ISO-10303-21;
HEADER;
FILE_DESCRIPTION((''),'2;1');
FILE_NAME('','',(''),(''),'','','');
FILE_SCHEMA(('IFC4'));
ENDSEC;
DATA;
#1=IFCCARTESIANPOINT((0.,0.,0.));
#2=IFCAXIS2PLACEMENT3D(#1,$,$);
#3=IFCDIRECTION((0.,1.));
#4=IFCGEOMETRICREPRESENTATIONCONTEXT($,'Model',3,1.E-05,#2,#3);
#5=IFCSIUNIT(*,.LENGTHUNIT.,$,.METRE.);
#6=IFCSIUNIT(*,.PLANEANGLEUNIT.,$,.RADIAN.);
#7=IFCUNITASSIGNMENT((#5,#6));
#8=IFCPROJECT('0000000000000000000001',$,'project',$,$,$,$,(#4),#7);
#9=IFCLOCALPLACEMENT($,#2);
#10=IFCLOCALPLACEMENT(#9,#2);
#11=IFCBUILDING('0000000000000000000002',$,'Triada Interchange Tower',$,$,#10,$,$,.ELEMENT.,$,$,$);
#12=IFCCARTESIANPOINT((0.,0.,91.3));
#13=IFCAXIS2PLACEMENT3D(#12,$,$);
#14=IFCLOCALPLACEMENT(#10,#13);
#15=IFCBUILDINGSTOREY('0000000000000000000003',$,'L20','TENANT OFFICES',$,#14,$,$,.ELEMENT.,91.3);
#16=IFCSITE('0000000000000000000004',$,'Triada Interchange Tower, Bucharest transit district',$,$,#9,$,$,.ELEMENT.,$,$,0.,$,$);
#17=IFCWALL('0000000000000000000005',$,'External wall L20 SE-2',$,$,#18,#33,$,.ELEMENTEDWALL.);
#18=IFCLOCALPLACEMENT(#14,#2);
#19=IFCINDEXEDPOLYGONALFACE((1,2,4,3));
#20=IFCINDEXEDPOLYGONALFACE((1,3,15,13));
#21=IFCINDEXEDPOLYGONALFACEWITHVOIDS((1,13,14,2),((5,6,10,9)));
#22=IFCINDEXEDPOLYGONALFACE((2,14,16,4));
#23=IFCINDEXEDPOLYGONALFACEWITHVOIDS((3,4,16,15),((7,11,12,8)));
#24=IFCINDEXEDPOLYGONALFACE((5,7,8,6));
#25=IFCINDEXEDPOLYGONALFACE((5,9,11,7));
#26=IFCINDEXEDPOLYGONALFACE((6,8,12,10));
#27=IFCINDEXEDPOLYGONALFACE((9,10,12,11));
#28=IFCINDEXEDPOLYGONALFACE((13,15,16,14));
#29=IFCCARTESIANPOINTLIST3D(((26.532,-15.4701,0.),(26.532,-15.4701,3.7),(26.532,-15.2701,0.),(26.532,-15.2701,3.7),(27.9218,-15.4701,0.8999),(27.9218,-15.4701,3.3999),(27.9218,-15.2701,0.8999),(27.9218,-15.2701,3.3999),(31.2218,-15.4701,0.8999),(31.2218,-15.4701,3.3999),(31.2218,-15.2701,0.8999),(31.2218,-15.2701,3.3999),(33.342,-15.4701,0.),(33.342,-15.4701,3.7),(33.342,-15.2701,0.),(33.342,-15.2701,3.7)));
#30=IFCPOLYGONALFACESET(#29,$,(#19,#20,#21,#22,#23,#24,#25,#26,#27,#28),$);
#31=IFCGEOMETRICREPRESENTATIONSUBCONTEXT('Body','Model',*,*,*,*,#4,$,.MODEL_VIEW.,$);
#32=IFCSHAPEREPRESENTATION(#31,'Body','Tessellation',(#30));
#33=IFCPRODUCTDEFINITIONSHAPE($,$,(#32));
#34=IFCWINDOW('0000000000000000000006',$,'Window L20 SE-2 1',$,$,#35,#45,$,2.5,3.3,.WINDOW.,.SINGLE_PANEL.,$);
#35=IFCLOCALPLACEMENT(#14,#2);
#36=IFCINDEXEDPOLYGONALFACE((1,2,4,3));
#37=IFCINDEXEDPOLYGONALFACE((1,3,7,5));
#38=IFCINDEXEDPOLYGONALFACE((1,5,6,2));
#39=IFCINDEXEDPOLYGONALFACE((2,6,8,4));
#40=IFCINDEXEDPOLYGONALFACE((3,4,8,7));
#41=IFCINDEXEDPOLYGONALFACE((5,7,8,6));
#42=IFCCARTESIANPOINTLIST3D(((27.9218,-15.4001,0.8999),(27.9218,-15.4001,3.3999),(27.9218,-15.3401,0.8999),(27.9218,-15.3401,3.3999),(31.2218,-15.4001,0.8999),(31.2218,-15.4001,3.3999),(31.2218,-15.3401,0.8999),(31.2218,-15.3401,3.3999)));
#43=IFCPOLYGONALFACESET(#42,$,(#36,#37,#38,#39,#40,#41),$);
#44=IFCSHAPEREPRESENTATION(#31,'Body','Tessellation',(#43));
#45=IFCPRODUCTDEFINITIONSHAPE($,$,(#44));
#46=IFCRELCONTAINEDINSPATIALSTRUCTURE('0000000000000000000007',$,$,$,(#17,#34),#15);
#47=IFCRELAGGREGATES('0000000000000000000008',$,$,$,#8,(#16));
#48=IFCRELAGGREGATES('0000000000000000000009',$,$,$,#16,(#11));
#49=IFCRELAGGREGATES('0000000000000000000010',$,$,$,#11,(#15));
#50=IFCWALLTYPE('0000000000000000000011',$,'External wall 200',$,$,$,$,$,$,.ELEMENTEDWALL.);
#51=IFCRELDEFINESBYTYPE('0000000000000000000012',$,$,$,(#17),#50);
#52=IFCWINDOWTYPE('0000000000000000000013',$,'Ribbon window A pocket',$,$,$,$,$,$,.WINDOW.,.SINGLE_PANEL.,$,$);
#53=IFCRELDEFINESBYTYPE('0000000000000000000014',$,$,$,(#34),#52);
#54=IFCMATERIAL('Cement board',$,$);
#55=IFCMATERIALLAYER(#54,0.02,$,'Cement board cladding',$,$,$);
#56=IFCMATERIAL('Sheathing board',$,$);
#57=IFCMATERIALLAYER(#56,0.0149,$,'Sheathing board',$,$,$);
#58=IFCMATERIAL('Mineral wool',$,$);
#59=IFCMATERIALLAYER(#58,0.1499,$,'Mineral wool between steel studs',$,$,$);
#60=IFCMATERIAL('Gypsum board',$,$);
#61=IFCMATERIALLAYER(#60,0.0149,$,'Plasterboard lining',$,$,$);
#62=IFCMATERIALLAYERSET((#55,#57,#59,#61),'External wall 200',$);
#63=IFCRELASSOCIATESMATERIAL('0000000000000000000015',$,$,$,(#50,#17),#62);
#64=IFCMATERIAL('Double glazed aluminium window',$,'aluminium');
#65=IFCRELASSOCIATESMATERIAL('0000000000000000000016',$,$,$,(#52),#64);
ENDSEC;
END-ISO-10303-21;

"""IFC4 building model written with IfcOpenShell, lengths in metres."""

from ifc_helpers import new_model, si_unit, direction, frame, frame_2d, origin, place, context, subcontext, project, spatial, rectangle, extrude, material, layer, layer_set, layer_usage, type_object, element, fill, save


model = new_model("IFC4")

# Units and contexts
model_context = context("Model", 3, precision=1e-05, world=origin(), true_north=direction((0.0, 1.0)))
body_context = subcontext(model_context, "Body", "Model", "MODEL_VIEW")
ifc_project = project(units=[si_unit("LENGTHUNIT", "METRE"), si_unit("PLANEANGLEUNIT", "RADIAN")], contexts=[model_context])

# Site, building, storey
site_placement = place(None, origin())
site = spatial("IfcSite", under=ifc_project, at=site_placement, Name="Triada Interchange Tower, Bucharest transit district", CompositionType="ELEMENT", RefElevation=0.0)
building_placement = place(site_placement, origin())
building = spatial("IfcBuilding", under=site, at=building_placement, Name="Triada Interchange Tower", CompositionType="ELEMENT")
storey_placement = place(building_placement, frame((0.0, 0.0, 91.3)))
storey = spatial("IfcBuildingStorey", under=building, at=storey_placement, Name="L20", Description="TENANT OFFICES", CompositionType="ELEMENT", Elevation=91.3)

# Wall, opening, window
ifc_material_1 = material(Name="Cement board")
ifc_layer_1 = layer(ifc_material_1, 0.02, Name="Cement board cladding")
ifc_material_2 = material(Name="Sheathing board")
ifc_layer_2 = layer(ifc_material_2, 0.0149, Name="Sheathing board")
ifc_material_3 = material(Name="Mineral wool")
ifc_layer_3 = layer(ifc_material_3, 0.1499, Name="Mineral wool between steel studs")
ifc_material_4 = material(Name="Gypsum board")
ifc_layer_4 = layer(ifc_material_4, 0.0149, Name="Plasterboard lining")
ifc_layer_set_1 = layer_set([ifc_layer_1, ifc_layer_2, ifc_layer_3, ifc_layer_4], Name="External wall 200")
ifc_layer_usage = layer_usage(ifc_layer_set_1, "AXIS2", "POSITIVE", -0.1001)
wall_type = type_object("IfcWallType", Name="External wall 200", PredefinedType="ELEMENTEDWALL", material=ifc_layer_set_1)
ifc_material_5 = material(Name="Double glazed aluminium window", Category="aluminium")
window_type_1 = type_object("IfcWindowType", Name="Ribbon window A pocket", PartitioningType="SINGLE_PANEL", PredefinedType="WINDOW", material=ifc_material_5)
wall_1_placement = place(storey_placement, frame((26.532, -15.3701, 0.0), z_axis=(0.0, 0.0, 1.0), x_axis=(1.0, 0.0, 0.0)))
wall_1 = element("IfcWall", 1, at=wall_1_placement, inside=storey, type_object=wall_type, material=ifc_layer_usage, Name="External wall L20 SE-2", PredefinedType="ELEMENTEDWALL", context=body_context, shape_type="SweptSolid", body=[
    extrude(rectangle(XDim=6.8101, YDim=0.2, at=frame_2d((3.405, 0.0))), origin(), (0.0, 0.0, 1.0), 3.7),
])
opening_1_placement = place(wall_1_placement, frame((1.3899, 0.0, 0.8999)))
opening_1 = element("IfcOpeningElement", 2, at=opening_1_placement, cuts=wall_1, PredefinedType="OPENING", context=body_context, shape_type="SweptSolid", body=[
    extrude(rectangle(XDim=3.3, YDim=2.5, at=frame_2d((1.6499, 1.25))), frame((0.0, 0.1099, 0.0), z_axis=(0.0, -1.0, 0.0), x_axis=(1.0, 0.0, 0.0)), (0.0, 0.0, 1.0), 0.22),
])
window_1_placement = place(opening_1_placement, origin())
window_1 = element("IfcWindow", 3, at=window_1_placement, inside=storey, type_object=window_type_1, Name="Window L20 SE-2 1", OverallHeight=2.5, OverallWidth=3.3, PartitioningType="SINGLE_PANEL", PredefinedType="WINDOW", context=body_context, shape_type="SweptSolid", body=[
    extrude(rectangle(XDim=3.3, YDim=2.5, at=frame_2d((1.6499, 1.25))), frame((0.0, 0.03, 0.0), z_axis=(0.0, -1.0, 0.0), x_axis=(1.0, 0.0, 0.0)), (0.0, 0.0, 1.0), 0.0601),
])
fill(opening_1, window_1)

save(model, "model.ifc")
